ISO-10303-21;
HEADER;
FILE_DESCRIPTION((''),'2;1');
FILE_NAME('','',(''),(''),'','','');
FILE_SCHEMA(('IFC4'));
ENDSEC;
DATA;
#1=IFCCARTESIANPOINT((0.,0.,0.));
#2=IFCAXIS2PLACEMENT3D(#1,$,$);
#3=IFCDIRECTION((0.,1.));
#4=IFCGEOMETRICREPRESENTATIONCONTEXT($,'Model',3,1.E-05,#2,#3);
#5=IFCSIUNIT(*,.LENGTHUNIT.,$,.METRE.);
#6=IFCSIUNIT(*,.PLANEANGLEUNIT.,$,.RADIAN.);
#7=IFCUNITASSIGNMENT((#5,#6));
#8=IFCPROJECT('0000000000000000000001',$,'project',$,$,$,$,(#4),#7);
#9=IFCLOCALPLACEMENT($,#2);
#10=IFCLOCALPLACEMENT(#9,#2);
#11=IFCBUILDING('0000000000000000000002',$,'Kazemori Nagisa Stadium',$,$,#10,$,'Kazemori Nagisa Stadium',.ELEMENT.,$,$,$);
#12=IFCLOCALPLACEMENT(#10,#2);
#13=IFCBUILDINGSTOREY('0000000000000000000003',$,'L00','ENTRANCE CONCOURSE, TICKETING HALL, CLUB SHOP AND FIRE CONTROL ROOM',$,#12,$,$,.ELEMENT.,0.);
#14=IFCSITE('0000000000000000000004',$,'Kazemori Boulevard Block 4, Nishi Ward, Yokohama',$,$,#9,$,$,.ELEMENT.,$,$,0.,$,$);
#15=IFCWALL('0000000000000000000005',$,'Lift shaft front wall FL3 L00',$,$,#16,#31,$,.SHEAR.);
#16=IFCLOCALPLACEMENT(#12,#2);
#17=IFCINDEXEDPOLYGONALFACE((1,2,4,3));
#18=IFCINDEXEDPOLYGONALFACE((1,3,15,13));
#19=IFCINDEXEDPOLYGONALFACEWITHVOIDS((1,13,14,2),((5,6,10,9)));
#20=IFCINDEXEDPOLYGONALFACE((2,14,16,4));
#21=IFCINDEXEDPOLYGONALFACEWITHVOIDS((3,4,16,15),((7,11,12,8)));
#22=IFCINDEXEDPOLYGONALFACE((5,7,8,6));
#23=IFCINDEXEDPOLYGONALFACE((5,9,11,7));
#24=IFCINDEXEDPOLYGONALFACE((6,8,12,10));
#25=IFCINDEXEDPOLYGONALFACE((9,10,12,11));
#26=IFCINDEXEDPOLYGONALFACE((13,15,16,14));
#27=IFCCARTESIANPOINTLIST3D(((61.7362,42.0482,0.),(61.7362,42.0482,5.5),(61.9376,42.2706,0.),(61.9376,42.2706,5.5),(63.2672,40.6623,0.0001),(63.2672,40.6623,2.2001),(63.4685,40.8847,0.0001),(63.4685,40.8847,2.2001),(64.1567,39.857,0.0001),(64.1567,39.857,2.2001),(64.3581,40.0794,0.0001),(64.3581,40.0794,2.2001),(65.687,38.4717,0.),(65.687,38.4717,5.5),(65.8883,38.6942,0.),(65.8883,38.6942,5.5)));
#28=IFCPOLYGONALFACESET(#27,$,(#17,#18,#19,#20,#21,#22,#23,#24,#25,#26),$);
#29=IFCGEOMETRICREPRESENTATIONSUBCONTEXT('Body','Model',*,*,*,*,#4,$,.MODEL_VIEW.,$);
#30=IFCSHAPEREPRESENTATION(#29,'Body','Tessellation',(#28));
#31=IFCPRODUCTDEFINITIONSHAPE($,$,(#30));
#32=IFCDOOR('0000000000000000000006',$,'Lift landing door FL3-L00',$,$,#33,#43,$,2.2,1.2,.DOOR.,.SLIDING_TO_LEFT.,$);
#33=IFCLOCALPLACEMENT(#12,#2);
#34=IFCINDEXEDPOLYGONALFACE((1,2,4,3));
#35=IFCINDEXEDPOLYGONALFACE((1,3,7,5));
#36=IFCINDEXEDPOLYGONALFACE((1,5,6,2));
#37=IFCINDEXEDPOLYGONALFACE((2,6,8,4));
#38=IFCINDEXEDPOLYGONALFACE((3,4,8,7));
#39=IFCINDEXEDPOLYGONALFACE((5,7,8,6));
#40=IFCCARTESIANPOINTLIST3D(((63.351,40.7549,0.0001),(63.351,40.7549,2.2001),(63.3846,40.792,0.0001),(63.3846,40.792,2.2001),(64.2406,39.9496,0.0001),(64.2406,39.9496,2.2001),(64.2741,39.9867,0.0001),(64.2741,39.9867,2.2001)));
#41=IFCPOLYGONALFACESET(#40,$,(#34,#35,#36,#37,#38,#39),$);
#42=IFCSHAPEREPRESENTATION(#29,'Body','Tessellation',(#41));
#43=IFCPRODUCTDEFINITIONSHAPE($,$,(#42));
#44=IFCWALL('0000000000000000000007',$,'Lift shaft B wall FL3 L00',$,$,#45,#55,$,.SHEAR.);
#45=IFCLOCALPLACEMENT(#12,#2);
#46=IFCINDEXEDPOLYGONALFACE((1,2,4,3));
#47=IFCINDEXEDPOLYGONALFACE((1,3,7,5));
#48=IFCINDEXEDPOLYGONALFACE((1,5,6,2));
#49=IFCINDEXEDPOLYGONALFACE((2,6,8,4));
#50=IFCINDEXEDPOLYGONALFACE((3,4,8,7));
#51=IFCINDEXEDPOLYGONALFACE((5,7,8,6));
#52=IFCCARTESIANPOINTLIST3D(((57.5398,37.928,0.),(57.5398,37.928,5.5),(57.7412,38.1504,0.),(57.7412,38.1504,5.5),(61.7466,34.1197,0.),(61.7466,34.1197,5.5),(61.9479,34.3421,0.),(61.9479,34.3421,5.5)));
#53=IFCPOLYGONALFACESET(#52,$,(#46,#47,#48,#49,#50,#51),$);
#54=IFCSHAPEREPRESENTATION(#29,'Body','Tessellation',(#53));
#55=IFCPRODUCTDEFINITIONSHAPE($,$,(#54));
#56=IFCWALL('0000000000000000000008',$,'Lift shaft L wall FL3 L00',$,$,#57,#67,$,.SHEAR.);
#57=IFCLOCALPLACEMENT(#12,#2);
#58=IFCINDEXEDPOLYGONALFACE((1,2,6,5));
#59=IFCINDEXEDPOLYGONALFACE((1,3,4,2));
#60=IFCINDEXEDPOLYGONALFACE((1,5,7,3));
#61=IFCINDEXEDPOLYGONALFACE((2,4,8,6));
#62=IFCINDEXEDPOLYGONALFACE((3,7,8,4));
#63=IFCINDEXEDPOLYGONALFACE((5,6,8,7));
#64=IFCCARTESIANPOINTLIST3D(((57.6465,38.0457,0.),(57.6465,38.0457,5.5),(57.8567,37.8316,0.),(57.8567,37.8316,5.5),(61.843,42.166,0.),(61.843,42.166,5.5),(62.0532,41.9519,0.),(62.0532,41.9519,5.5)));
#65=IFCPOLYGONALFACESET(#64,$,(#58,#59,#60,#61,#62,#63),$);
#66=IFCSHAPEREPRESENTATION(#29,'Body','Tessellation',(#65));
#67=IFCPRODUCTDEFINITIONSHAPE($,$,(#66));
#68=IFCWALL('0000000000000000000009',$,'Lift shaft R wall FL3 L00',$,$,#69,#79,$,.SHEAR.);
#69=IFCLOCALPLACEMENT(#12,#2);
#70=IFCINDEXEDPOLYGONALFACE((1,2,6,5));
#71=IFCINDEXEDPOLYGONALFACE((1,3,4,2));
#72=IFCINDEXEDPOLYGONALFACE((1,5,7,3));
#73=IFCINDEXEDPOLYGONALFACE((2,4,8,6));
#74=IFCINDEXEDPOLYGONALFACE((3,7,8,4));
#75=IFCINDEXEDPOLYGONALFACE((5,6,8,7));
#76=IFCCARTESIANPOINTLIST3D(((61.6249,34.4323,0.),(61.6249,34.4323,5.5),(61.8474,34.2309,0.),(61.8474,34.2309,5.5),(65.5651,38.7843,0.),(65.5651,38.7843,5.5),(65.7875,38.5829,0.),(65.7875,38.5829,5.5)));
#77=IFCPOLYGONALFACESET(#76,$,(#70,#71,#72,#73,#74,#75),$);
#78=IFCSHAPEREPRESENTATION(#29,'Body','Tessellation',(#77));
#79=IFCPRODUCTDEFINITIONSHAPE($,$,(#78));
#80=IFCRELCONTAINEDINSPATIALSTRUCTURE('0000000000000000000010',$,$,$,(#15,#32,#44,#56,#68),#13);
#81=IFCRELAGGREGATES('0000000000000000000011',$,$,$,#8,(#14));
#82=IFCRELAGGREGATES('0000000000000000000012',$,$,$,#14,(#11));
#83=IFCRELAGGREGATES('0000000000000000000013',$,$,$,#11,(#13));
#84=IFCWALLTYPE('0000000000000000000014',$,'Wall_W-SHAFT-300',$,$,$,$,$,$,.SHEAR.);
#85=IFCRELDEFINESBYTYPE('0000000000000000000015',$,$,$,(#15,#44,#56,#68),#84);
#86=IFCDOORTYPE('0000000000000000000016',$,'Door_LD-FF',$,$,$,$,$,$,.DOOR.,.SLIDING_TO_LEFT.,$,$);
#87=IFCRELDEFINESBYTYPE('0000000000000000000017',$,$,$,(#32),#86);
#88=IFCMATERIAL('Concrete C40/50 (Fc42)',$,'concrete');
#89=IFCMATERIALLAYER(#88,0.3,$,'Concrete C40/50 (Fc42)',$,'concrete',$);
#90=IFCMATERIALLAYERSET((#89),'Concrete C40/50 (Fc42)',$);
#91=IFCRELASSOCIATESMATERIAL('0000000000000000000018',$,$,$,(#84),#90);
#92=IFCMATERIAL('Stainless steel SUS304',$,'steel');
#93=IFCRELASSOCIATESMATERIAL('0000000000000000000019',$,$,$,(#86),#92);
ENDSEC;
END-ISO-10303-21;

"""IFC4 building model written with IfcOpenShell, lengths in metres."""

from ifc_helpers import new_model, si_unit, direction, frame, frame_2d, origin, place, context, subcontext, project, spatial, rectangle, extrude, material, layer, layer_set, type_object, element, fill, save


model = new_model("IFC4")

# Units and contexts
model_context = context("Model", 3, precision=1e-05, world=origin(), true_north=direction((0.0, 1.0)))
body_context = subcontext(model_context, "Body", "Model", "MODEL_VIEW")
ifc_project = project(units=[si_unit("LENGTHUNIT", "METRE"), si_unit("PLANEANGLEUNIT", "RADIAN")], contexts=[model_context])

# Site, building, storey
site_placement = place(None, origin())
site = spatial("IfcSite", under=ifc_project, at=site_placement, Name="Kazemori Boulevard Block 4, Nishi Ward, Yokohama", CompositionType="ELEMENT", RefElevation=0.0)
building_placement = place(site_placement, origin())
building = spatial("IfcBuilding", under=site, at=building_placement, Name="Kazemori Nagisa Stadium", LongName="Kazemori Nagisa Stadium", CompositionType="ELEMENT")
storey_placement = place(building_placement, origin())
storey = spatial("IfcBuildingStorey", under=building, at=storey_placement, Name="L00", Description="ENTRANCE CONCOURSE, TICKETING HALL, CLUB SHOP AND FIRE CONTROL ROOM", CompositionType="ELEMENT", Elevation=0.0)

# Shared definitions
ifc_material_1 = material(Name="Concrete C40/50 (Fc42)", Category="concrete")

# Wall, opening, door
ifc_layer_1 = layer(ifc_material_1, 0.3, Name="Concrete C40/50 (Fc42)", Category="concrete")
ifc_layer_set_1 = layer_set([ifc_layer_1], Name="Concrete C40/50 (Fc42)")
wall_type_1 = type_object("IfcWallType", Name="Wall_W-SHAFT-300", PredefinedType="SHEAR", material=ifc_layer_set_1)
wall_1_placement = place(storey_placement, frame((61.8369, 42.1594, 0.0), z_axis=(0.0, 0.0, 1.0), x_axis=(0.74135, -0.671118, 0.0)))
wall_1 = element("IfcWall", 1, at=wall_1_placement, inside=storey, type_object=wall_type_1, Name="Lift shaft front wall FL3 L00", PredefinedType="SHEAR", context=body_context, shape_type="SweptSolid", body=[
    extrude(rectangle(XDim=5.3291, YDim=0.3, at=frame_2d((2.6646, 0.0))), origin(), (0.0, 0.0, 1.0), 5.5),
])
opening_1_placement = place(wall_1_placement, frame((2.0649, 0.0, 0.0)))
opening_1 = element("IfcOpeningElement", 2, at=opening_1_placement, cuts=wall_1, PredefinedType="OPENING", context=body_context, shape_type="SweptSolid", body=[
    extrude(rectangle(XDim=1.2, YDim=2.2, at=frame_2d((0.6001, 1.1001))), frame((0.0, 0.1599, 0.0), z_axis=(0.0, -1.0, 0.0), x_axis=(1.0, 0.0, 0.0)), (0.0, 0.0, 1.0), 0.3201),
])
ifc_material_2 = material(Name="Stainless steel SUS304", Category="steel")
door_type_1 = type_object("IfcDoorType", Name="Door_LD-FF", OperationType="SLIDING_TO_LEFT", PredefinedType="DOOR", material=ifc_material_2)
door_1_placement = place(opening_1_placement, origin())
door_1 = element("IfcDoor", 3, at=door_1_placement, inside=storey, type_object=door_type_1, Name="Lift landing door FL3-L00", OperationType="SLIDING_TO_LEFT", OverallHeight=2.2, OverallWidth=1.2, PredefinedType="DOOR", context=body_context, shape_type="SweptSolid", body=[
    extrude(rectangle(XDim=1.2, YDim=2.2, at=frame_2d((0.6001, 1.1001))), frame((0.0, 0.0249, 0.0), z_axis=(0.0, -1.0, 0.0), x_axis=(1.0, 0.0, 0.0)), (0.0, 0.0, 1.0), 0.05),
])
fill(opening_1, door_1)

# Walls
wall_2_placement = place(storey_placement, frame((57.6404, 38.0393, 0.0), z_axis=(0.0, 0.0, 1.0), x_axis=(0.741342, -0.671127, 0.0)))
element("IfcWall", 4, at=wall_2_placement, inside=storey, type_object=wall_type_1, Name="Lift shaft B wall FL3 L00", PredefinedType="SHEAR", context=body_context, shape_type="SweptSolid", body=[
    extrude(rectangle(XDim=5.6746, YDim=0.3, at=frame_2d((2.8374, 0.0))), origin(), (0.0, 0.0, 1.0), 5.5),
])
wall_3_placement = place(storey_placement, frame((61.948, 42.0588, 0.0), z_axis=(0.0, 0.0, 1.0), x_axis=(-0.713553, -0.700601, 0.0)))
element("IfcWall", 5, at=wall_3_placement, inside=storey, type_object=wall_type_1, Name="Lift shaft L wall FL3 L00", PredefinedType="SHEAR", context=body_context, shape_type="SweptSolid", body=[
    extrude(rectangle(XDim=5.8811, YDim=0.3, at=frame_2d((2.9404, 0.0))), origin(), (0.0, 0.0, 1.0), 5.5),
])
wall_4_placement = place(storey_placement, frame((65.6763, 38.6836, 0.0), z_axis=(0.0, 0.0, 1.0), x_axis=(-0.671158, -0.741314, 0.0)))
element("IfcWall", 6, at=wall_4_placement, inside=storey, type_object=wall_type_1, Name="Lift shaft R wall FL3 L00", PredefinedType="SHEAR", context=body_context, shape_type="SweptSolid", body=[
    extrude(rectangle(XDim=5.8706, YDim=0.3, at=frame_2d((2.9353, 0.0))), origin(), (0.0, 0.0, 1.0), 5.5),
])

save(model, "model.ifc")
